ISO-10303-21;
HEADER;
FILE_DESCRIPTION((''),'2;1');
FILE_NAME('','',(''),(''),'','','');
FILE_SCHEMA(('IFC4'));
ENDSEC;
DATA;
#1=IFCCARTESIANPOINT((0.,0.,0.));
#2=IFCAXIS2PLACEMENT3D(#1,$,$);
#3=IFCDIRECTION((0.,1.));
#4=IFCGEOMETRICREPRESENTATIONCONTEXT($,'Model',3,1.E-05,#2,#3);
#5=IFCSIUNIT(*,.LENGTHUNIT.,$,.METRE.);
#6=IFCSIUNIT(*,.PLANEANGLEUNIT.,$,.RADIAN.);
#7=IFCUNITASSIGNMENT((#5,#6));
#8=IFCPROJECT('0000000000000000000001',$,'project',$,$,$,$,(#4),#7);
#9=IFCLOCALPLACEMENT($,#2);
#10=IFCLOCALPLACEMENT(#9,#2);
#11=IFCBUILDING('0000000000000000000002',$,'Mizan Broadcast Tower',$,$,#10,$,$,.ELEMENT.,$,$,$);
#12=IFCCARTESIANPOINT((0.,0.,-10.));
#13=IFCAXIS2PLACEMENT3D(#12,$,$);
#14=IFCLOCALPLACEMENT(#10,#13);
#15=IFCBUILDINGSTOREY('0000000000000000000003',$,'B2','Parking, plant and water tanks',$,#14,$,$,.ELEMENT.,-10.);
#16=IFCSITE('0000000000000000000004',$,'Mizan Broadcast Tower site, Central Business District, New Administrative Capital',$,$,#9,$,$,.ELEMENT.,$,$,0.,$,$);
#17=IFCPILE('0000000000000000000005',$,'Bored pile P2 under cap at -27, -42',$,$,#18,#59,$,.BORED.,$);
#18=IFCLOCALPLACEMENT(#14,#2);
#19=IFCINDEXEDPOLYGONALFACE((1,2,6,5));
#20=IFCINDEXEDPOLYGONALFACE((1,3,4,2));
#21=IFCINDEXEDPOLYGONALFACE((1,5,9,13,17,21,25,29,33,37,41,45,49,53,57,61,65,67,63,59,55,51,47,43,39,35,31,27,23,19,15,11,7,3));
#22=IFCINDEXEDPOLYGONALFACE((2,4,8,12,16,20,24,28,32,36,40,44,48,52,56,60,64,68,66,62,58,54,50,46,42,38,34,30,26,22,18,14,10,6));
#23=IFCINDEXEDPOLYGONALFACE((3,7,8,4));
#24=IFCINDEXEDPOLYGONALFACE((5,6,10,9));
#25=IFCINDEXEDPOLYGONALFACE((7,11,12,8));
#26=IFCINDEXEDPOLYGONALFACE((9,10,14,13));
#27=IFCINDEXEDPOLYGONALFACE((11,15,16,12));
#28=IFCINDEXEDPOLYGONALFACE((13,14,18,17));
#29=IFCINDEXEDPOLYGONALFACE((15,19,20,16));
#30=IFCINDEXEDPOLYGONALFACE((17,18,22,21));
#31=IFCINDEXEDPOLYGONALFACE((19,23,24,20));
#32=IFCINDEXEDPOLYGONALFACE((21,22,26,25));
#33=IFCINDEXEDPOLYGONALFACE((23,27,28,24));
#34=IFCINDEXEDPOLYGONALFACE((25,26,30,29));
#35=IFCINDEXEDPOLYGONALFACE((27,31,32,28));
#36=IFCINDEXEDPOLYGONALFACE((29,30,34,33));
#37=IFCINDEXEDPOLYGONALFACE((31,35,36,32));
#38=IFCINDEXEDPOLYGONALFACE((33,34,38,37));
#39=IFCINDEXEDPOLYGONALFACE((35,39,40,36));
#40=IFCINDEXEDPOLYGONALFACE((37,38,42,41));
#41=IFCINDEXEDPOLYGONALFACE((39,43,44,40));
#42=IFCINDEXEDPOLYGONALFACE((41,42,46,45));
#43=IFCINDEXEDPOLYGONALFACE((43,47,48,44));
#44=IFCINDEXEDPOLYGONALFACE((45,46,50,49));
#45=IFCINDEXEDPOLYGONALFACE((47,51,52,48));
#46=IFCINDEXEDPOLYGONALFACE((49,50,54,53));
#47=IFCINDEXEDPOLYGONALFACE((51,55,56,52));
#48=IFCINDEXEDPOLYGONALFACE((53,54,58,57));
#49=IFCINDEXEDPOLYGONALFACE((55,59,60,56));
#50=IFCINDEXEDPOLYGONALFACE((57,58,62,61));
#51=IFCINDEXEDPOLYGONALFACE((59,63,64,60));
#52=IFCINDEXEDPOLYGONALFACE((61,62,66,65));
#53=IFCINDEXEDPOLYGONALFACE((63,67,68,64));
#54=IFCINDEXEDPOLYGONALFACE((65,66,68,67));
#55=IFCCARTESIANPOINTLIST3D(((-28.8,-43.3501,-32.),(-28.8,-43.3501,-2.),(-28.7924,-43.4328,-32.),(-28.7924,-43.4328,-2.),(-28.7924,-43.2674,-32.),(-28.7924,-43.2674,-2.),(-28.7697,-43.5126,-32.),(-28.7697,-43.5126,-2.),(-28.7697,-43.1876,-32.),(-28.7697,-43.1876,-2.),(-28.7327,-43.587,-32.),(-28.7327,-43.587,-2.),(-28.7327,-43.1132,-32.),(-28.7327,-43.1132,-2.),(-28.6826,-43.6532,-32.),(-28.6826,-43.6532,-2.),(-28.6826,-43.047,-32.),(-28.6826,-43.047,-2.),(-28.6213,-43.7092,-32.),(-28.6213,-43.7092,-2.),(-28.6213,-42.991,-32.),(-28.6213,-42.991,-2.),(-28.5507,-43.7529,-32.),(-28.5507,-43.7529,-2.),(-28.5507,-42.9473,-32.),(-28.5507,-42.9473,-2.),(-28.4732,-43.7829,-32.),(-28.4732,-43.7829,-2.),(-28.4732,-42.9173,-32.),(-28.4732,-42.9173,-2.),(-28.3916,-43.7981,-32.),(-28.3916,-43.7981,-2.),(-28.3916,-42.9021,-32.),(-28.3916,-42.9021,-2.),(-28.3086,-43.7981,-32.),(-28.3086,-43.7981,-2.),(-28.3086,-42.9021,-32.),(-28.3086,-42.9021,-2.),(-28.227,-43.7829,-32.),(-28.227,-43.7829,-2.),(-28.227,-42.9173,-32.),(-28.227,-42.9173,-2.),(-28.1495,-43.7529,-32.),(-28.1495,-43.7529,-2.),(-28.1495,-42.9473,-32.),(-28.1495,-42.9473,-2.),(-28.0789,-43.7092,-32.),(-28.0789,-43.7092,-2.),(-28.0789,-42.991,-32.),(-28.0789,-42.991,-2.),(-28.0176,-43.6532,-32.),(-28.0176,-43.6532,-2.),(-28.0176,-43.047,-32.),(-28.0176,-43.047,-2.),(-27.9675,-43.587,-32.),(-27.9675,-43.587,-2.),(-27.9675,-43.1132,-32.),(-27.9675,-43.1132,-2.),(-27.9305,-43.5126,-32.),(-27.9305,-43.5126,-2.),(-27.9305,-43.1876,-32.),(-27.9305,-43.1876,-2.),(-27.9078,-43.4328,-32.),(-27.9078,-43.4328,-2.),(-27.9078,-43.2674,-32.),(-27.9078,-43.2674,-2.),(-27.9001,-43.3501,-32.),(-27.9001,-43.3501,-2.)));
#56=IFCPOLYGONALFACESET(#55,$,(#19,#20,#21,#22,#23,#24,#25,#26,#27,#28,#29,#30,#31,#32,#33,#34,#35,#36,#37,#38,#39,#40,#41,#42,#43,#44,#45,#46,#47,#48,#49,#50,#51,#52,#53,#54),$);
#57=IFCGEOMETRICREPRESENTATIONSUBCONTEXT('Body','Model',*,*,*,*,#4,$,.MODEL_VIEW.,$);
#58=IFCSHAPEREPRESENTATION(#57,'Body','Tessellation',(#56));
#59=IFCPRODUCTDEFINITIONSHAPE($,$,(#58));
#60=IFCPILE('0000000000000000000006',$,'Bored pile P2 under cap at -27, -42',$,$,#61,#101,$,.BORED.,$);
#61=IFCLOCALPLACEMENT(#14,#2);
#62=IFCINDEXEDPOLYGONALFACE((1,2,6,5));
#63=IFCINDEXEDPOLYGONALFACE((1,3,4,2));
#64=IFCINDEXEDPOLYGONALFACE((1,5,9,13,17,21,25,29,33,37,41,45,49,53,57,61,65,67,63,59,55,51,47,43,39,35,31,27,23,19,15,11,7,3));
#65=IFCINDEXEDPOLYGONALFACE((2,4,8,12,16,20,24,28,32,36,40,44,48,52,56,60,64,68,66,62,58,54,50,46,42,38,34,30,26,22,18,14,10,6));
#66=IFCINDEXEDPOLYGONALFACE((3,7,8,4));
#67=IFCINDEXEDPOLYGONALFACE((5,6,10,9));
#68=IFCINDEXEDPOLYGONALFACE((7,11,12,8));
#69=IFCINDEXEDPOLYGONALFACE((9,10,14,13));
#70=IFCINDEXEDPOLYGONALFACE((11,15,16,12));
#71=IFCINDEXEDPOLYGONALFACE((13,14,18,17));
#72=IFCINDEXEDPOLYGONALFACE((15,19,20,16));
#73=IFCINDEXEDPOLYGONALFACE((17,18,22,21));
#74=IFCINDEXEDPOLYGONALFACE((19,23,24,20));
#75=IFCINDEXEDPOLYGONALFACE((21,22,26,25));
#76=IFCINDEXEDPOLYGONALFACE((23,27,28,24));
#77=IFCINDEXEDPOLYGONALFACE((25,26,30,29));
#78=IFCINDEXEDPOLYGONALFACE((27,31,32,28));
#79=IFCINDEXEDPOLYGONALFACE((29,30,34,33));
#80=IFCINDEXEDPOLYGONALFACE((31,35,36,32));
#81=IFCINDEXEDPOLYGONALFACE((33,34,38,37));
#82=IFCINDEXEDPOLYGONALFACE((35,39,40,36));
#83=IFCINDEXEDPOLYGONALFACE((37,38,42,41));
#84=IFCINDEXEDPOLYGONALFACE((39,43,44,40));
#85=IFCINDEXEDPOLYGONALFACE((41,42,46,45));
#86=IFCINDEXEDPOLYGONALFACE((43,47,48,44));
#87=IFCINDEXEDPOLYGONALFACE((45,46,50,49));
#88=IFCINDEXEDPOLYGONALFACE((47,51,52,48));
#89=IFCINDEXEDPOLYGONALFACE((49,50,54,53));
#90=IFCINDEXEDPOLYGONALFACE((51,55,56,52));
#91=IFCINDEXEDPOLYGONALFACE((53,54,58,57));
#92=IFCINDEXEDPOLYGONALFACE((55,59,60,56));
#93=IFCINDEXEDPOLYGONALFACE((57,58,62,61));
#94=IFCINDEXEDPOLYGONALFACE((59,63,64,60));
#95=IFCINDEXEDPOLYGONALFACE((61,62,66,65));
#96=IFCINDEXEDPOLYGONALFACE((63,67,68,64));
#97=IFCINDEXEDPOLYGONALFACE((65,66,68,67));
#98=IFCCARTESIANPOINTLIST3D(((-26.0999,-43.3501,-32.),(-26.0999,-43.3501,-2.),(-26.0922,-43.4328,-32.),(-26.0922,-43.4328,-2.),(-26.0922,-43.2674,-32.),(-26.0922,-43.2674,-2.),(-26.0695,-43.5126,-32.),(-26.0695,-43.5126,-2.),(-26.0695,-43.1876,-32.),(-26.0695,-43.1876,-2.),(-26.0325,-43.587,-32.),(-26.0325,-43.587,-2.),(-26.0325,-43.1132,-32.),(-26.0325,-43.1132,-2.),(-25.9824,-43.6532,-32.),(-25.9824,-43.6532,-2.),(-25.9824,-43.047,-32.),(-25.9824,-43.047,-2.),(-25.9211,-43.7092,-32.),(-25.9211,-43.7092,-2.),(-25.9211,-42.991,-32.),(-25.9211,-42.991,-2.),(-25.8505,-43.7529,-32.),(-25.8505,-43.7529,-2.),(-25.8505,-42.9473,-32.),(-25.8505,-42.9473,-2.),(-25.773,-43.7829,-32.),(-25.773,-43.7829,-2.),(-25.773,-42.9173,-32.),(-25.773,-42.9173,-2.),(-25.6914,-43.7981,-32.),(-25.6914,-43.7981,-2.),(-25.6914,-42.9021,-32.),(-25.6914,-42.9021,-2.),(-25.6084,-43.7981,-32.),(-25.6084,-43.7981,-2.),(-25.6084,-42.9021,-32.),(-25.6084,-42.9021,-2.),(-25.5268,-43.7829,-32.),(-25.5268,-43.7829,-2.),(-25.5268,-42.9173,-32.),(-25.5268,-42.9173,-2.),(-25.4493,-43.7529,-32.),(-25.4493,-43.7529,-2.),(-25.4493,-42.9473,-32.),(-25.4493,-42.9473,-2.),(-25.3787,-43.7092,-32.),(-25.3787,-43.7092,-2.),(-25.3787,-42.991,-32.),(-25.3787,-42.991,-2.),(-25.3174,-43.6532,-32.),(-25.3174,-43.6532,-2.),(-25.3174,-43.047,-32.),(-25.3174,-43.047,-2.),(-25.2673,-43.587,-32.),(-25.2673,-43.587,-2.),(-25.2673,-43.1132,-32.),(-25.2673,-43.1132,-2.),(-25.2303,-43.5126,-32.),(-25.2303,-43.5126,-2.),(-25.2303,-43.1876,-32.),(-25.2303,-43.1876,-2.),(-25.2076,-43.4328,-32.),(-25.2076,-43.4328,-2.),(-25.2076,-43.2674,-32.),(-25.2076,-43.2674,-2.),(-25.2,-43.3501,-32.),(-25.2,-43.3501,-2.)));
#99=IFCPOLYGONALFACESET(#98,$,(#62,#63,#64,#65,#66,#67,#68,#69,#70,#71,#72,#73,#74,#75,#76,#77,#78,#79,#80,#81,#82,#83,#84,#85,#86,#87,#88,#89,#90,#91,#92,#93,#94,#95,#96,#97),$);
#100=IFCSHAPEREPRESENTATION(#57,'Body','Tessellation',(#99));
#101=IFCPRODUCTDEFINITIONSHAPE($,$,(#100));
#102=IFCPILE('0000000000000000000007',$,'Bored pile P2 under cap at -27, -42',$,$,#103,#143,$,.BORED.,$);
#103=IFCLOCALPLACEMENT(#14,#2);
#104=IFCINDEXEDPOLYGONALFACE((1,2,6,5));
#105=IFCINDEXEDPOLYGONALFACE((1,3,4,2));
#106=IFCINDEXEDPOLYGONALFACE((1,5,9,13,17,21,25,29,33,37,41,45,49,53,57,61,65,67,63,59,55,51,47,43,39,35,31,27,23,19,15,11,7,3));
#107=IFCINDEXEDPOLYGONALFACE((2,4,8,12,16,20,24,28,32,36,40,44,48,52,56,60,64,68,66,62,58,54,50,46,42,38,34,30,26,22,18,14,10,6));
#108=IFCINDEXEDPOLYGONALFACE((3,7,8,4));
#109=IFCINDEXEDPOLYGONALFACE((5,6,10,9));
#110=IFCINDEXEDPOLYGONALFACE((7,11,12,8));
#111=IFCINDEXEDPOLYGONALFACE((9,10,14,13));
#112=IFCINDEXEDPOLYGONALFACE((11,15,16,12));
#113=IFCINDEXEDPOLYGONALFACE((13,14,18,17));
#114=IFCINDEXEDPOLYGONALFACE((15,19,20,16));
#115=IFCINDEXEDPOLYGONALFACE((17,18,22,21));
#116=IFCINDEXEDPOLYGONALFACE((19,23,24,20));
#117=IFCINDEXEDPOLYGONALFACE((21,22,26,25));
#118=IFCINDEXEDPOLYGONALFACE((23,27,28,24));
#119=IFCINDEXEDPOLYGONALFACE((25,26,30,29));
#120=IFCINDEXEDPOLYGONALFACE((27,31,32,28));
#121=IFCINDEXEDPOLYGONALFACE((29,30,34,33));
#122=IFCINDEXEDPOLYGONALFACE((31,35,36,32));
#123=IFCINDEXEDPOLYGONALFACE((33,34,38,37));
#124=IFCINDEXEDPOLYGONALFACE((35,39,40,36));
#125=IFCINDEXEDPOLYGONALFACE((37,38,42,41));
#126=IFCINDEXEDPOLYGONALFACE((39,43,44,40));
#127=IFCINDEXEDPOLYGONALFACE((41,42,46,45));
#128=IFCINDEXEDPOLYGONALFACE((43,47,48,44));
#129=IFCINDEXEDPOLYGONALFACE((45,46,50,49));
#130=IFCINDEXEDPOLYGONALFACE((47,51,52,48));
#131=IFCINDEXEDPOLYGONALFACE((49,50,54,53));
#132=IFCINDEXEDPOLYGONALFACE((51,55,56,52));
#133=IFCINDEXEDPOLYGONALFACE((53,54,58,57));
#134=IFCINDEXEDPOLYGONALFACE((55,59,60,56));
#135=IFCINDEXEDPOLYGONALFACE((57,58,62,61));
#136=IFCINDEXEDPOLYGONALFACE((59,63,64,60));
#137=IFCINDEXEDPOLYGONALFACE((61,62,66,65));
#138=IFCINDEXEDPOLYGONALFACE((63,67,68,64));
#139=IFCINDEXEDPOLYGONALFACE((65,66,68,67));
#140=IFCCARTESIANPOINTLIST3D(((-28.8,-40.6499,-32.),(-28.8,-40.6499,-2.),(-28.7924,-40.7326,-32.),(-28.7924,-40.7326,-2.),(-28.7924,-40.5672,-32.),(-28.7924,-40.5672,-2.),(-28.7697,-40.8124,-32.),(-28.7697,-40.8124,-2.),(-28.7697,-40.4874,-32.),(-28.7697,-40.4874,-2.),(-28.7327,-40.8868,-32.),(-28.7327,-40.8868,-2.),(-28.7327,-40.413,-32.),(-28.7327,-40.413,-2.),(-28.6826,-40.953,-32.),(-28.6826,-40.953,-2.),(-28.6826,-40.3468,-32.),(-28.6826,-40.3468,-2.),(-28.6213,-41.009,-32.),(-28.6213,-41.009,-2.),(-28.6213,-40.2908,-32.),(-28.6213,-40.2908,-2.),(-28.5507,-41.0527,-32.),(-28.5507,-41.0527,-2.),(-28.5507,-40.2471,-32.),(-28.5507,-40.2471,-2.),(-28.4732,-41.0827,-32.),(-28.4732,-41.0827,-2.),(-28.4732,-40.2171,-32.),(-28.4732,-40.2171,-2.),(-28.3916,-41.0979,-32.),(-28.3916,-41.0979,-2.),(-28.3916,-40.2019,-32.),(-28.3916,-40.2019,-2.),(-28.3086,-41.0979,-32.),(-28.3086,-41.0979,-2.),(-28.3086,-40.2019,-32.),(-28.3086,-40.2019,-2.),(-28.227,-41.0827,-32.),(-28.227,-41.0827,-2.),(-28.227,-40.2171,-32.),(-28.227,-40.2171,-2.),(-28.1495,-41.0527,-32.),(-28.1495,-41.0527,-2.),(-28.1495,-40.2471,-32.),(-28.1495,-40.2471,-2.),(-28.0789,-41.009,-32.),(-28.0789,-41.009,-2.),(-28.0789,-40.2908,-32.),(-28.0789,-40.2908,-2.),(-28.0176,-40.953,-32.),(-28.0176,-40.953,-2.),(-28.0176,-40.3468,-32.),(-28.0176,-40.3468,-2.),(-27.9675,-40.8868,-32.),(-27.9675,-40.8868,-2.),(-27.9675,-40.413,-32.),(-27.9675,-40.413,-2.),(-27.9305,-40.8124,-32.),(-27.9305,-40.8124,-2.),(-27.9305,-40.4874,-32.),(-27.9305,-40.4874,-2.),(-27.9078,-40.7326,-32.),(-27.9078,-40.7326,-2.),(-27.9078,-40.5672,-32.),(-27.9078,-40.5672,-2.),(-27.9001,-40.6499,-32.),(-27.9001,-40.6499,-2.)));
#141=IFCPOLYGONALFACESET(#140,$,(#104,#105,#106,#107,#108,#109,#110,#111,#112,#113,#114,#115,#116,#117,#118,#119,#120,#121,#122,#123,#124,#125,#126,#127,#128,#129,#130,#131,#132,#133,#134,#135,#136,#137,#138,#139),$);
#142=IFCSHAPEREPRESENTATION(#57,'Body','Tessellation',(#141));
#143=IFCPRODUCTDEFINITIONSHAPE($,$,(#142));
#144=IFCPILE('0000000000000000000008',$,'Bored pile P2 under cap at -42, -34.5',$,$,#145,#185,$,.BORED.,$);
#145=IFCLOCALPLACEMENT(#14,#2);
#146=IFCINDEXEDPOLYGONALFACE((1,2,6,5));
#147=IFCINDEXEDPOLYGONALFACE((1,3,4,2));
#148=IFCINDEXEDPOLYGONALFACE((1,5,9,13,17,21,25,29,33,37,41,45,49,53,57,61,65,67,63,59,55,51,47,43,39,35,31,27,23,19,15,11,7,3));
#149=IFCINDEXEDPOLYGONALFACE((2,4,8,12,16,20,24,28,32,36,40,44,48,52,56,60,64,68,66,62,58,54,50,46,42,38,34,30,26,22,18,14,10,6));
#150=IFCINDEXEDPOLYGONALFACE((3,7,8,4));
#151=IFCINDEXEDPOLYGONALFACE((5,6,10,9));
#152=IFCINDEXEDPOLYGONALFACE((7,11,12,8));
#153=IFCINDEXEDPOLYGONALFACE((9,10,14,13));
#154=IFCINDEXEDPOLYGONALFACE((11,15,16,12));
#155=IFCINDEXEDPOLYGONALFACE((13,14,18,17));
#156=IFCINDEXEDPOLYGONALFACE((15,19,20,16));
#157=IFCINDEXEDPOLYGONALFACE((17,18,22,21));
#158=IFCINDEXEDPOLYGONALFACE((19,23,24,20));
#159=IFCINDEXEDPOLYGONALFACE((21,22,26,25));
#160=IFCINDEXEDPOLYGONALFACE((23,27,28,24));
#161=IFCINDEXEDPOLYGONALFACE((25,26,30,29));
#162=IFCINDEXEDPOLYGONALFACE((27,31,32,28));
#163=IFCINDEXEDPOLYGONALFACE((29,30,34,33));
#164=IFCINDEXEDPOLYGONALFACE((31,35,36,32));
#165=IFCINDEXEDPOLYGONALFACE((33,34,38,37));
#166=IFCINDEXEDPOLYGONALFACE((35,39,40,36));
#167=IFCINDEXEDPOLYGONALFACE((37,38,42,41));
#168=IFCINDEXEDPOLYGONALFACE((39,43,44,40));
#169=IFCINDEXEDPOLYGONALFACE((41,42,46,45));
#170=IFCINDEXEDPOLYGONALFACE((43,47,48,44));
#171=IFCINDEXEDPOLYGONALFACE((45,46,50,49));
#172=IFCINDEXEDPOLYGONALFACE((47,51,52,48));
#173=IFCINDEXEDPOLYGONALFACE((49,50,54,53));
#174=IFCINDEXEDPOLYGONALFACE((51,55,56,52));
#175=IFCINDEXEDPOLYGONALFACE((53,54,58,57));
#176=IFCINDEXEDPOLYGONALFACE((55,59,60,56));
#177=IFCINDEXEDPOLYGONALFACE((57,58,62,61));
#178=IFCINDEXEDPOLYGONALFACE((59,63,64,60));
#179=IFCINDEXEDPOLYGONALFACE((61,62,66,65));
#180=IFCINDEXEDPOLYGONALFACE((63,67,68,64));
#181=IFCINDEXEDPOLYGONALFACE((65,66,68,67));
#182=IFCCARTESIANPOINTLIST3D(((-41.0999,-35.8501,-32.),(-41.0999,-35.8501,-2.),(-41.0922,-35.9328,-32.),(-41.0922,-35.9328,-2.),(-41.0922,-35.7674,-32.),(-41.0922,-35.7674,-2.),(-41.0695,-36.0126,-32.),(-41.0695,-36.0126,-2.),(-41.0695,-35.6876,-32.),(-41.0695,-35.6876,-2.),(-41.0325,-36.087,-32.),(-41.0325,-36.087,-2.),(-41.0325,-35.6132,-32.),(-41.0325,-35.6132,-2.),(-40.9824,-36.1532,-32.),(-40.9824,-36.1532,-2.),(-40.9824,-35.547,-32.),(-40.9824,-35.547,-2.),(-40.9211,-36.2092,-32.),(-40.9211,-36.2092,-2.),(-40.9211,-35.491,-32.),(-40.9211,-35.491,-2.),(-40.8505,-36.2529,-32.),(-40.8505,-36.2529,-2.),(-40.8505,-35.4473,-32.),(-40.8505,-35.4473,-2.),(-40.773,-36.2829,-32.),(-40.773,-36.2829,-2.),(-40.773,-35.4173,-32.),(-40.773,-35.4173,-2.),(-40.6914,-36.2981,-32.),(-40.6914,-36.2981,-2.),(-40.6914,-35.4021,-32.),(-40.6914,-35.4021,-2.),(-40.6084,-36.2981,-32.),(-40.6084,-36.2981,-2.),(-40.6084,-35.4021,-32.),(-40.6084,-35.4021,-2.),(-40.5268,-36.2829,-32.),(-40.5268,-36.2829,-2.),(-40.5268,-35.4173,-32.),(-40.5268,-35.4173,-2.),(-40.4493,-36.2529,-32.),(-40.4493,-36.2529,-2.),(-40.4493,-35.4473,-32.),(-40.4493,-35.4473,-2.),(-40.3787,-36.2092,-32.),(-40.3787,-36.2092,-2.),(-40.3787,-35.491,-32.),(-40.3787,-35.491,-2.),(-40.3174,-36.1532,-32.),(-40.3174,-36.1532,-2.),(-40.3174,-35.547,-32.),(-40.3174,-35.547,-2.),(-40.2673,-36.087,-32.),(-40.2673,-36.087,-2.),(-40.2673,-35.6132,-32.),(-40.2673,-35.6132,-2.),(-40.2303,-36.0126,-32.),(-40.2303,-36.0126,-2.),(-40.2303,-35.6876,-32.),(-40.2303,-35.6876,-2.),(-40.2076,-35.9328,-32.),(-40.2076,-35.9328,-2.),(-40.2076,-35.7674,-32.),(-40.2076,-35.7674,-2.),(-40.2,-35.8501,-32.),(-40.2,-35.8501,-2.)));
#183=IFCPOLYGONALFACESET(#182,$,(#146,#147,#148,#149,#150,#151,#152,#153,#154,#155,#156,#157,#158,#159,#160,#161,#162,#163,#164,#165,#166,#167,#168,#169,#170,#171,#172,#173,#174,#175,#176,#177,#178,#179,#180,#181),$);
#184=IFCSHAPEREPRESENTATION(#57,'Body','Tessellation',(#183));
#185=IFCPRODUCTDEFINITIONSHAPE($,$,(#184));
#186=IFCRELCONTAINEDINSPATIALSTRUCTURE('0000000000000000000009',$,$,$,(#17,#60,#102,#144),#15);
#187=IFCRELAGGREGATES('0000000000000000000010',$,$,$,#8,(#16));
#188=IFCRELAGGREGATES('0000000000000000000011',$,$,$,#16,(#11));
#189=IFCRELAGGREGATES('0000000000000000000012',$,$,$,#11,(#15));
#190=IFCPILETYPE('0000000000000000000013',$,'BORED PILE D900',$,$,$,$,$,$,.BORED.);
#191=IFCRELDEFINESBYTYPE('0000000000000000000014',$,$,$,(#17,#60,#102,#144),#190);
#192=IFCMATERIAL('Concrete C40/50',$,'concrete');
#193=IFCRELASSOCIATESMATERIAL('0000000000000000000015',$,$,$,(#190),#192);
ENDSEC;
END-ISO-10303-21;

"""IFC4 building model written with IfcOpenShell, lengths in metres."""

from ifc_helpers import new_model, si_unit, direction, frame, origin, origin_2d, place, context, subcontext, project, spatial, circle, extrude, material, material_profile, profile_set, type_object, element, save


model = new_model("IFC4")

# Units and contexts
model_context = context("Model", 3, precision=1e-05, world=origin(), true_north=direction((0.0, 1.0)))
body_context = subcontext(model_context, "Body", "Model", "MODEL_VIEW")
ifc_project = project(units=[si_unit("LENGTHUNIT", "METRE"), si_unit("PLANEANGLEUNIT", "RADIAN")], contexts=[model_context])

# Site, building, storey
site_placement = place(None, origin())
site = spatial("IfcSite", under=ifc_project, at=site_placement, Name="Mizan Broadcast Tower site, Central Business District, New Administrative Capital", CompositionType="ELEMENT", RefElevation=0.0)
building_placement = place(site_placement, origin())
building = spatial("IfcBuilding", under=site, at=building_placement, Name="Mizan Broadcast Tower", CompositionType="ELEMENT")
storey_placement = place(building_placement, frame((0.0, 0.0, -10.0)))
storey = spatial("IfcBuildingStorey", under=building, at=storey_placement, Name="B2", Description="Parking, plant and water tanks", CompositionType="ELEMENT", Elevation=-10.0)

# Piles
ifc_material_1 = material(Name="Concrete C40/50", Category="concrete")
ifc_material_profile_1 = material_profile(ifc_material_1, circle(Radius=0.45, at=origin_2d()), Name="D900")
ifc_profile_set_1 = profile_set([ifc_material_profile_1], Name="Concrete C40/50")
pile_type = type_object("IfcPileType", Name="BORED PILE D900", PredefinedType="BORED", material=ifc_profile_set_1)
for number, where, z_axis, x_axis, name in (
    (1, (-28.3501, -43.3501, -2.0), (0.0, 0.0, -1.0), (1.0, 0.0, 0.0), "Bored pile P2 under cap at -27, -42"),
    (2, (-25.6499, -43.3501, -2.0), (0.0, 0.0, -1.0), (1.0, 0.0, 0.0), "Bored pile P2 under cap at -27, -42"),
    (3, (-28.3501, -40.6499, -2.0), (0.0, 0.0, -1.0), (1.0, 0.0, 0.0), "Bored pile P2 under cap at -27, -42"),
    (4, (-40.6499, -35.8501, -2.0), (0.0, 0.0, -1.0), (1.0, 0.0, 0.0), "Bored pile P2 under cap at -42, -34.5"),
):
    element("IfcPile", number, at=place(storey_placement, frame(where, z_axis=z_axis, x_axis=x_axis)), inside=storey, type_object=pile_type, Name=name, PredefinedType="BORED", context=body_context, shape_type="SweptSolid", body=[
        extrude(circle(Radius=0.45, at=origin_2d()), origin(), (0.0, 0.0, 1.0), 30.0),
    ])

save(model, "model.ifc")
